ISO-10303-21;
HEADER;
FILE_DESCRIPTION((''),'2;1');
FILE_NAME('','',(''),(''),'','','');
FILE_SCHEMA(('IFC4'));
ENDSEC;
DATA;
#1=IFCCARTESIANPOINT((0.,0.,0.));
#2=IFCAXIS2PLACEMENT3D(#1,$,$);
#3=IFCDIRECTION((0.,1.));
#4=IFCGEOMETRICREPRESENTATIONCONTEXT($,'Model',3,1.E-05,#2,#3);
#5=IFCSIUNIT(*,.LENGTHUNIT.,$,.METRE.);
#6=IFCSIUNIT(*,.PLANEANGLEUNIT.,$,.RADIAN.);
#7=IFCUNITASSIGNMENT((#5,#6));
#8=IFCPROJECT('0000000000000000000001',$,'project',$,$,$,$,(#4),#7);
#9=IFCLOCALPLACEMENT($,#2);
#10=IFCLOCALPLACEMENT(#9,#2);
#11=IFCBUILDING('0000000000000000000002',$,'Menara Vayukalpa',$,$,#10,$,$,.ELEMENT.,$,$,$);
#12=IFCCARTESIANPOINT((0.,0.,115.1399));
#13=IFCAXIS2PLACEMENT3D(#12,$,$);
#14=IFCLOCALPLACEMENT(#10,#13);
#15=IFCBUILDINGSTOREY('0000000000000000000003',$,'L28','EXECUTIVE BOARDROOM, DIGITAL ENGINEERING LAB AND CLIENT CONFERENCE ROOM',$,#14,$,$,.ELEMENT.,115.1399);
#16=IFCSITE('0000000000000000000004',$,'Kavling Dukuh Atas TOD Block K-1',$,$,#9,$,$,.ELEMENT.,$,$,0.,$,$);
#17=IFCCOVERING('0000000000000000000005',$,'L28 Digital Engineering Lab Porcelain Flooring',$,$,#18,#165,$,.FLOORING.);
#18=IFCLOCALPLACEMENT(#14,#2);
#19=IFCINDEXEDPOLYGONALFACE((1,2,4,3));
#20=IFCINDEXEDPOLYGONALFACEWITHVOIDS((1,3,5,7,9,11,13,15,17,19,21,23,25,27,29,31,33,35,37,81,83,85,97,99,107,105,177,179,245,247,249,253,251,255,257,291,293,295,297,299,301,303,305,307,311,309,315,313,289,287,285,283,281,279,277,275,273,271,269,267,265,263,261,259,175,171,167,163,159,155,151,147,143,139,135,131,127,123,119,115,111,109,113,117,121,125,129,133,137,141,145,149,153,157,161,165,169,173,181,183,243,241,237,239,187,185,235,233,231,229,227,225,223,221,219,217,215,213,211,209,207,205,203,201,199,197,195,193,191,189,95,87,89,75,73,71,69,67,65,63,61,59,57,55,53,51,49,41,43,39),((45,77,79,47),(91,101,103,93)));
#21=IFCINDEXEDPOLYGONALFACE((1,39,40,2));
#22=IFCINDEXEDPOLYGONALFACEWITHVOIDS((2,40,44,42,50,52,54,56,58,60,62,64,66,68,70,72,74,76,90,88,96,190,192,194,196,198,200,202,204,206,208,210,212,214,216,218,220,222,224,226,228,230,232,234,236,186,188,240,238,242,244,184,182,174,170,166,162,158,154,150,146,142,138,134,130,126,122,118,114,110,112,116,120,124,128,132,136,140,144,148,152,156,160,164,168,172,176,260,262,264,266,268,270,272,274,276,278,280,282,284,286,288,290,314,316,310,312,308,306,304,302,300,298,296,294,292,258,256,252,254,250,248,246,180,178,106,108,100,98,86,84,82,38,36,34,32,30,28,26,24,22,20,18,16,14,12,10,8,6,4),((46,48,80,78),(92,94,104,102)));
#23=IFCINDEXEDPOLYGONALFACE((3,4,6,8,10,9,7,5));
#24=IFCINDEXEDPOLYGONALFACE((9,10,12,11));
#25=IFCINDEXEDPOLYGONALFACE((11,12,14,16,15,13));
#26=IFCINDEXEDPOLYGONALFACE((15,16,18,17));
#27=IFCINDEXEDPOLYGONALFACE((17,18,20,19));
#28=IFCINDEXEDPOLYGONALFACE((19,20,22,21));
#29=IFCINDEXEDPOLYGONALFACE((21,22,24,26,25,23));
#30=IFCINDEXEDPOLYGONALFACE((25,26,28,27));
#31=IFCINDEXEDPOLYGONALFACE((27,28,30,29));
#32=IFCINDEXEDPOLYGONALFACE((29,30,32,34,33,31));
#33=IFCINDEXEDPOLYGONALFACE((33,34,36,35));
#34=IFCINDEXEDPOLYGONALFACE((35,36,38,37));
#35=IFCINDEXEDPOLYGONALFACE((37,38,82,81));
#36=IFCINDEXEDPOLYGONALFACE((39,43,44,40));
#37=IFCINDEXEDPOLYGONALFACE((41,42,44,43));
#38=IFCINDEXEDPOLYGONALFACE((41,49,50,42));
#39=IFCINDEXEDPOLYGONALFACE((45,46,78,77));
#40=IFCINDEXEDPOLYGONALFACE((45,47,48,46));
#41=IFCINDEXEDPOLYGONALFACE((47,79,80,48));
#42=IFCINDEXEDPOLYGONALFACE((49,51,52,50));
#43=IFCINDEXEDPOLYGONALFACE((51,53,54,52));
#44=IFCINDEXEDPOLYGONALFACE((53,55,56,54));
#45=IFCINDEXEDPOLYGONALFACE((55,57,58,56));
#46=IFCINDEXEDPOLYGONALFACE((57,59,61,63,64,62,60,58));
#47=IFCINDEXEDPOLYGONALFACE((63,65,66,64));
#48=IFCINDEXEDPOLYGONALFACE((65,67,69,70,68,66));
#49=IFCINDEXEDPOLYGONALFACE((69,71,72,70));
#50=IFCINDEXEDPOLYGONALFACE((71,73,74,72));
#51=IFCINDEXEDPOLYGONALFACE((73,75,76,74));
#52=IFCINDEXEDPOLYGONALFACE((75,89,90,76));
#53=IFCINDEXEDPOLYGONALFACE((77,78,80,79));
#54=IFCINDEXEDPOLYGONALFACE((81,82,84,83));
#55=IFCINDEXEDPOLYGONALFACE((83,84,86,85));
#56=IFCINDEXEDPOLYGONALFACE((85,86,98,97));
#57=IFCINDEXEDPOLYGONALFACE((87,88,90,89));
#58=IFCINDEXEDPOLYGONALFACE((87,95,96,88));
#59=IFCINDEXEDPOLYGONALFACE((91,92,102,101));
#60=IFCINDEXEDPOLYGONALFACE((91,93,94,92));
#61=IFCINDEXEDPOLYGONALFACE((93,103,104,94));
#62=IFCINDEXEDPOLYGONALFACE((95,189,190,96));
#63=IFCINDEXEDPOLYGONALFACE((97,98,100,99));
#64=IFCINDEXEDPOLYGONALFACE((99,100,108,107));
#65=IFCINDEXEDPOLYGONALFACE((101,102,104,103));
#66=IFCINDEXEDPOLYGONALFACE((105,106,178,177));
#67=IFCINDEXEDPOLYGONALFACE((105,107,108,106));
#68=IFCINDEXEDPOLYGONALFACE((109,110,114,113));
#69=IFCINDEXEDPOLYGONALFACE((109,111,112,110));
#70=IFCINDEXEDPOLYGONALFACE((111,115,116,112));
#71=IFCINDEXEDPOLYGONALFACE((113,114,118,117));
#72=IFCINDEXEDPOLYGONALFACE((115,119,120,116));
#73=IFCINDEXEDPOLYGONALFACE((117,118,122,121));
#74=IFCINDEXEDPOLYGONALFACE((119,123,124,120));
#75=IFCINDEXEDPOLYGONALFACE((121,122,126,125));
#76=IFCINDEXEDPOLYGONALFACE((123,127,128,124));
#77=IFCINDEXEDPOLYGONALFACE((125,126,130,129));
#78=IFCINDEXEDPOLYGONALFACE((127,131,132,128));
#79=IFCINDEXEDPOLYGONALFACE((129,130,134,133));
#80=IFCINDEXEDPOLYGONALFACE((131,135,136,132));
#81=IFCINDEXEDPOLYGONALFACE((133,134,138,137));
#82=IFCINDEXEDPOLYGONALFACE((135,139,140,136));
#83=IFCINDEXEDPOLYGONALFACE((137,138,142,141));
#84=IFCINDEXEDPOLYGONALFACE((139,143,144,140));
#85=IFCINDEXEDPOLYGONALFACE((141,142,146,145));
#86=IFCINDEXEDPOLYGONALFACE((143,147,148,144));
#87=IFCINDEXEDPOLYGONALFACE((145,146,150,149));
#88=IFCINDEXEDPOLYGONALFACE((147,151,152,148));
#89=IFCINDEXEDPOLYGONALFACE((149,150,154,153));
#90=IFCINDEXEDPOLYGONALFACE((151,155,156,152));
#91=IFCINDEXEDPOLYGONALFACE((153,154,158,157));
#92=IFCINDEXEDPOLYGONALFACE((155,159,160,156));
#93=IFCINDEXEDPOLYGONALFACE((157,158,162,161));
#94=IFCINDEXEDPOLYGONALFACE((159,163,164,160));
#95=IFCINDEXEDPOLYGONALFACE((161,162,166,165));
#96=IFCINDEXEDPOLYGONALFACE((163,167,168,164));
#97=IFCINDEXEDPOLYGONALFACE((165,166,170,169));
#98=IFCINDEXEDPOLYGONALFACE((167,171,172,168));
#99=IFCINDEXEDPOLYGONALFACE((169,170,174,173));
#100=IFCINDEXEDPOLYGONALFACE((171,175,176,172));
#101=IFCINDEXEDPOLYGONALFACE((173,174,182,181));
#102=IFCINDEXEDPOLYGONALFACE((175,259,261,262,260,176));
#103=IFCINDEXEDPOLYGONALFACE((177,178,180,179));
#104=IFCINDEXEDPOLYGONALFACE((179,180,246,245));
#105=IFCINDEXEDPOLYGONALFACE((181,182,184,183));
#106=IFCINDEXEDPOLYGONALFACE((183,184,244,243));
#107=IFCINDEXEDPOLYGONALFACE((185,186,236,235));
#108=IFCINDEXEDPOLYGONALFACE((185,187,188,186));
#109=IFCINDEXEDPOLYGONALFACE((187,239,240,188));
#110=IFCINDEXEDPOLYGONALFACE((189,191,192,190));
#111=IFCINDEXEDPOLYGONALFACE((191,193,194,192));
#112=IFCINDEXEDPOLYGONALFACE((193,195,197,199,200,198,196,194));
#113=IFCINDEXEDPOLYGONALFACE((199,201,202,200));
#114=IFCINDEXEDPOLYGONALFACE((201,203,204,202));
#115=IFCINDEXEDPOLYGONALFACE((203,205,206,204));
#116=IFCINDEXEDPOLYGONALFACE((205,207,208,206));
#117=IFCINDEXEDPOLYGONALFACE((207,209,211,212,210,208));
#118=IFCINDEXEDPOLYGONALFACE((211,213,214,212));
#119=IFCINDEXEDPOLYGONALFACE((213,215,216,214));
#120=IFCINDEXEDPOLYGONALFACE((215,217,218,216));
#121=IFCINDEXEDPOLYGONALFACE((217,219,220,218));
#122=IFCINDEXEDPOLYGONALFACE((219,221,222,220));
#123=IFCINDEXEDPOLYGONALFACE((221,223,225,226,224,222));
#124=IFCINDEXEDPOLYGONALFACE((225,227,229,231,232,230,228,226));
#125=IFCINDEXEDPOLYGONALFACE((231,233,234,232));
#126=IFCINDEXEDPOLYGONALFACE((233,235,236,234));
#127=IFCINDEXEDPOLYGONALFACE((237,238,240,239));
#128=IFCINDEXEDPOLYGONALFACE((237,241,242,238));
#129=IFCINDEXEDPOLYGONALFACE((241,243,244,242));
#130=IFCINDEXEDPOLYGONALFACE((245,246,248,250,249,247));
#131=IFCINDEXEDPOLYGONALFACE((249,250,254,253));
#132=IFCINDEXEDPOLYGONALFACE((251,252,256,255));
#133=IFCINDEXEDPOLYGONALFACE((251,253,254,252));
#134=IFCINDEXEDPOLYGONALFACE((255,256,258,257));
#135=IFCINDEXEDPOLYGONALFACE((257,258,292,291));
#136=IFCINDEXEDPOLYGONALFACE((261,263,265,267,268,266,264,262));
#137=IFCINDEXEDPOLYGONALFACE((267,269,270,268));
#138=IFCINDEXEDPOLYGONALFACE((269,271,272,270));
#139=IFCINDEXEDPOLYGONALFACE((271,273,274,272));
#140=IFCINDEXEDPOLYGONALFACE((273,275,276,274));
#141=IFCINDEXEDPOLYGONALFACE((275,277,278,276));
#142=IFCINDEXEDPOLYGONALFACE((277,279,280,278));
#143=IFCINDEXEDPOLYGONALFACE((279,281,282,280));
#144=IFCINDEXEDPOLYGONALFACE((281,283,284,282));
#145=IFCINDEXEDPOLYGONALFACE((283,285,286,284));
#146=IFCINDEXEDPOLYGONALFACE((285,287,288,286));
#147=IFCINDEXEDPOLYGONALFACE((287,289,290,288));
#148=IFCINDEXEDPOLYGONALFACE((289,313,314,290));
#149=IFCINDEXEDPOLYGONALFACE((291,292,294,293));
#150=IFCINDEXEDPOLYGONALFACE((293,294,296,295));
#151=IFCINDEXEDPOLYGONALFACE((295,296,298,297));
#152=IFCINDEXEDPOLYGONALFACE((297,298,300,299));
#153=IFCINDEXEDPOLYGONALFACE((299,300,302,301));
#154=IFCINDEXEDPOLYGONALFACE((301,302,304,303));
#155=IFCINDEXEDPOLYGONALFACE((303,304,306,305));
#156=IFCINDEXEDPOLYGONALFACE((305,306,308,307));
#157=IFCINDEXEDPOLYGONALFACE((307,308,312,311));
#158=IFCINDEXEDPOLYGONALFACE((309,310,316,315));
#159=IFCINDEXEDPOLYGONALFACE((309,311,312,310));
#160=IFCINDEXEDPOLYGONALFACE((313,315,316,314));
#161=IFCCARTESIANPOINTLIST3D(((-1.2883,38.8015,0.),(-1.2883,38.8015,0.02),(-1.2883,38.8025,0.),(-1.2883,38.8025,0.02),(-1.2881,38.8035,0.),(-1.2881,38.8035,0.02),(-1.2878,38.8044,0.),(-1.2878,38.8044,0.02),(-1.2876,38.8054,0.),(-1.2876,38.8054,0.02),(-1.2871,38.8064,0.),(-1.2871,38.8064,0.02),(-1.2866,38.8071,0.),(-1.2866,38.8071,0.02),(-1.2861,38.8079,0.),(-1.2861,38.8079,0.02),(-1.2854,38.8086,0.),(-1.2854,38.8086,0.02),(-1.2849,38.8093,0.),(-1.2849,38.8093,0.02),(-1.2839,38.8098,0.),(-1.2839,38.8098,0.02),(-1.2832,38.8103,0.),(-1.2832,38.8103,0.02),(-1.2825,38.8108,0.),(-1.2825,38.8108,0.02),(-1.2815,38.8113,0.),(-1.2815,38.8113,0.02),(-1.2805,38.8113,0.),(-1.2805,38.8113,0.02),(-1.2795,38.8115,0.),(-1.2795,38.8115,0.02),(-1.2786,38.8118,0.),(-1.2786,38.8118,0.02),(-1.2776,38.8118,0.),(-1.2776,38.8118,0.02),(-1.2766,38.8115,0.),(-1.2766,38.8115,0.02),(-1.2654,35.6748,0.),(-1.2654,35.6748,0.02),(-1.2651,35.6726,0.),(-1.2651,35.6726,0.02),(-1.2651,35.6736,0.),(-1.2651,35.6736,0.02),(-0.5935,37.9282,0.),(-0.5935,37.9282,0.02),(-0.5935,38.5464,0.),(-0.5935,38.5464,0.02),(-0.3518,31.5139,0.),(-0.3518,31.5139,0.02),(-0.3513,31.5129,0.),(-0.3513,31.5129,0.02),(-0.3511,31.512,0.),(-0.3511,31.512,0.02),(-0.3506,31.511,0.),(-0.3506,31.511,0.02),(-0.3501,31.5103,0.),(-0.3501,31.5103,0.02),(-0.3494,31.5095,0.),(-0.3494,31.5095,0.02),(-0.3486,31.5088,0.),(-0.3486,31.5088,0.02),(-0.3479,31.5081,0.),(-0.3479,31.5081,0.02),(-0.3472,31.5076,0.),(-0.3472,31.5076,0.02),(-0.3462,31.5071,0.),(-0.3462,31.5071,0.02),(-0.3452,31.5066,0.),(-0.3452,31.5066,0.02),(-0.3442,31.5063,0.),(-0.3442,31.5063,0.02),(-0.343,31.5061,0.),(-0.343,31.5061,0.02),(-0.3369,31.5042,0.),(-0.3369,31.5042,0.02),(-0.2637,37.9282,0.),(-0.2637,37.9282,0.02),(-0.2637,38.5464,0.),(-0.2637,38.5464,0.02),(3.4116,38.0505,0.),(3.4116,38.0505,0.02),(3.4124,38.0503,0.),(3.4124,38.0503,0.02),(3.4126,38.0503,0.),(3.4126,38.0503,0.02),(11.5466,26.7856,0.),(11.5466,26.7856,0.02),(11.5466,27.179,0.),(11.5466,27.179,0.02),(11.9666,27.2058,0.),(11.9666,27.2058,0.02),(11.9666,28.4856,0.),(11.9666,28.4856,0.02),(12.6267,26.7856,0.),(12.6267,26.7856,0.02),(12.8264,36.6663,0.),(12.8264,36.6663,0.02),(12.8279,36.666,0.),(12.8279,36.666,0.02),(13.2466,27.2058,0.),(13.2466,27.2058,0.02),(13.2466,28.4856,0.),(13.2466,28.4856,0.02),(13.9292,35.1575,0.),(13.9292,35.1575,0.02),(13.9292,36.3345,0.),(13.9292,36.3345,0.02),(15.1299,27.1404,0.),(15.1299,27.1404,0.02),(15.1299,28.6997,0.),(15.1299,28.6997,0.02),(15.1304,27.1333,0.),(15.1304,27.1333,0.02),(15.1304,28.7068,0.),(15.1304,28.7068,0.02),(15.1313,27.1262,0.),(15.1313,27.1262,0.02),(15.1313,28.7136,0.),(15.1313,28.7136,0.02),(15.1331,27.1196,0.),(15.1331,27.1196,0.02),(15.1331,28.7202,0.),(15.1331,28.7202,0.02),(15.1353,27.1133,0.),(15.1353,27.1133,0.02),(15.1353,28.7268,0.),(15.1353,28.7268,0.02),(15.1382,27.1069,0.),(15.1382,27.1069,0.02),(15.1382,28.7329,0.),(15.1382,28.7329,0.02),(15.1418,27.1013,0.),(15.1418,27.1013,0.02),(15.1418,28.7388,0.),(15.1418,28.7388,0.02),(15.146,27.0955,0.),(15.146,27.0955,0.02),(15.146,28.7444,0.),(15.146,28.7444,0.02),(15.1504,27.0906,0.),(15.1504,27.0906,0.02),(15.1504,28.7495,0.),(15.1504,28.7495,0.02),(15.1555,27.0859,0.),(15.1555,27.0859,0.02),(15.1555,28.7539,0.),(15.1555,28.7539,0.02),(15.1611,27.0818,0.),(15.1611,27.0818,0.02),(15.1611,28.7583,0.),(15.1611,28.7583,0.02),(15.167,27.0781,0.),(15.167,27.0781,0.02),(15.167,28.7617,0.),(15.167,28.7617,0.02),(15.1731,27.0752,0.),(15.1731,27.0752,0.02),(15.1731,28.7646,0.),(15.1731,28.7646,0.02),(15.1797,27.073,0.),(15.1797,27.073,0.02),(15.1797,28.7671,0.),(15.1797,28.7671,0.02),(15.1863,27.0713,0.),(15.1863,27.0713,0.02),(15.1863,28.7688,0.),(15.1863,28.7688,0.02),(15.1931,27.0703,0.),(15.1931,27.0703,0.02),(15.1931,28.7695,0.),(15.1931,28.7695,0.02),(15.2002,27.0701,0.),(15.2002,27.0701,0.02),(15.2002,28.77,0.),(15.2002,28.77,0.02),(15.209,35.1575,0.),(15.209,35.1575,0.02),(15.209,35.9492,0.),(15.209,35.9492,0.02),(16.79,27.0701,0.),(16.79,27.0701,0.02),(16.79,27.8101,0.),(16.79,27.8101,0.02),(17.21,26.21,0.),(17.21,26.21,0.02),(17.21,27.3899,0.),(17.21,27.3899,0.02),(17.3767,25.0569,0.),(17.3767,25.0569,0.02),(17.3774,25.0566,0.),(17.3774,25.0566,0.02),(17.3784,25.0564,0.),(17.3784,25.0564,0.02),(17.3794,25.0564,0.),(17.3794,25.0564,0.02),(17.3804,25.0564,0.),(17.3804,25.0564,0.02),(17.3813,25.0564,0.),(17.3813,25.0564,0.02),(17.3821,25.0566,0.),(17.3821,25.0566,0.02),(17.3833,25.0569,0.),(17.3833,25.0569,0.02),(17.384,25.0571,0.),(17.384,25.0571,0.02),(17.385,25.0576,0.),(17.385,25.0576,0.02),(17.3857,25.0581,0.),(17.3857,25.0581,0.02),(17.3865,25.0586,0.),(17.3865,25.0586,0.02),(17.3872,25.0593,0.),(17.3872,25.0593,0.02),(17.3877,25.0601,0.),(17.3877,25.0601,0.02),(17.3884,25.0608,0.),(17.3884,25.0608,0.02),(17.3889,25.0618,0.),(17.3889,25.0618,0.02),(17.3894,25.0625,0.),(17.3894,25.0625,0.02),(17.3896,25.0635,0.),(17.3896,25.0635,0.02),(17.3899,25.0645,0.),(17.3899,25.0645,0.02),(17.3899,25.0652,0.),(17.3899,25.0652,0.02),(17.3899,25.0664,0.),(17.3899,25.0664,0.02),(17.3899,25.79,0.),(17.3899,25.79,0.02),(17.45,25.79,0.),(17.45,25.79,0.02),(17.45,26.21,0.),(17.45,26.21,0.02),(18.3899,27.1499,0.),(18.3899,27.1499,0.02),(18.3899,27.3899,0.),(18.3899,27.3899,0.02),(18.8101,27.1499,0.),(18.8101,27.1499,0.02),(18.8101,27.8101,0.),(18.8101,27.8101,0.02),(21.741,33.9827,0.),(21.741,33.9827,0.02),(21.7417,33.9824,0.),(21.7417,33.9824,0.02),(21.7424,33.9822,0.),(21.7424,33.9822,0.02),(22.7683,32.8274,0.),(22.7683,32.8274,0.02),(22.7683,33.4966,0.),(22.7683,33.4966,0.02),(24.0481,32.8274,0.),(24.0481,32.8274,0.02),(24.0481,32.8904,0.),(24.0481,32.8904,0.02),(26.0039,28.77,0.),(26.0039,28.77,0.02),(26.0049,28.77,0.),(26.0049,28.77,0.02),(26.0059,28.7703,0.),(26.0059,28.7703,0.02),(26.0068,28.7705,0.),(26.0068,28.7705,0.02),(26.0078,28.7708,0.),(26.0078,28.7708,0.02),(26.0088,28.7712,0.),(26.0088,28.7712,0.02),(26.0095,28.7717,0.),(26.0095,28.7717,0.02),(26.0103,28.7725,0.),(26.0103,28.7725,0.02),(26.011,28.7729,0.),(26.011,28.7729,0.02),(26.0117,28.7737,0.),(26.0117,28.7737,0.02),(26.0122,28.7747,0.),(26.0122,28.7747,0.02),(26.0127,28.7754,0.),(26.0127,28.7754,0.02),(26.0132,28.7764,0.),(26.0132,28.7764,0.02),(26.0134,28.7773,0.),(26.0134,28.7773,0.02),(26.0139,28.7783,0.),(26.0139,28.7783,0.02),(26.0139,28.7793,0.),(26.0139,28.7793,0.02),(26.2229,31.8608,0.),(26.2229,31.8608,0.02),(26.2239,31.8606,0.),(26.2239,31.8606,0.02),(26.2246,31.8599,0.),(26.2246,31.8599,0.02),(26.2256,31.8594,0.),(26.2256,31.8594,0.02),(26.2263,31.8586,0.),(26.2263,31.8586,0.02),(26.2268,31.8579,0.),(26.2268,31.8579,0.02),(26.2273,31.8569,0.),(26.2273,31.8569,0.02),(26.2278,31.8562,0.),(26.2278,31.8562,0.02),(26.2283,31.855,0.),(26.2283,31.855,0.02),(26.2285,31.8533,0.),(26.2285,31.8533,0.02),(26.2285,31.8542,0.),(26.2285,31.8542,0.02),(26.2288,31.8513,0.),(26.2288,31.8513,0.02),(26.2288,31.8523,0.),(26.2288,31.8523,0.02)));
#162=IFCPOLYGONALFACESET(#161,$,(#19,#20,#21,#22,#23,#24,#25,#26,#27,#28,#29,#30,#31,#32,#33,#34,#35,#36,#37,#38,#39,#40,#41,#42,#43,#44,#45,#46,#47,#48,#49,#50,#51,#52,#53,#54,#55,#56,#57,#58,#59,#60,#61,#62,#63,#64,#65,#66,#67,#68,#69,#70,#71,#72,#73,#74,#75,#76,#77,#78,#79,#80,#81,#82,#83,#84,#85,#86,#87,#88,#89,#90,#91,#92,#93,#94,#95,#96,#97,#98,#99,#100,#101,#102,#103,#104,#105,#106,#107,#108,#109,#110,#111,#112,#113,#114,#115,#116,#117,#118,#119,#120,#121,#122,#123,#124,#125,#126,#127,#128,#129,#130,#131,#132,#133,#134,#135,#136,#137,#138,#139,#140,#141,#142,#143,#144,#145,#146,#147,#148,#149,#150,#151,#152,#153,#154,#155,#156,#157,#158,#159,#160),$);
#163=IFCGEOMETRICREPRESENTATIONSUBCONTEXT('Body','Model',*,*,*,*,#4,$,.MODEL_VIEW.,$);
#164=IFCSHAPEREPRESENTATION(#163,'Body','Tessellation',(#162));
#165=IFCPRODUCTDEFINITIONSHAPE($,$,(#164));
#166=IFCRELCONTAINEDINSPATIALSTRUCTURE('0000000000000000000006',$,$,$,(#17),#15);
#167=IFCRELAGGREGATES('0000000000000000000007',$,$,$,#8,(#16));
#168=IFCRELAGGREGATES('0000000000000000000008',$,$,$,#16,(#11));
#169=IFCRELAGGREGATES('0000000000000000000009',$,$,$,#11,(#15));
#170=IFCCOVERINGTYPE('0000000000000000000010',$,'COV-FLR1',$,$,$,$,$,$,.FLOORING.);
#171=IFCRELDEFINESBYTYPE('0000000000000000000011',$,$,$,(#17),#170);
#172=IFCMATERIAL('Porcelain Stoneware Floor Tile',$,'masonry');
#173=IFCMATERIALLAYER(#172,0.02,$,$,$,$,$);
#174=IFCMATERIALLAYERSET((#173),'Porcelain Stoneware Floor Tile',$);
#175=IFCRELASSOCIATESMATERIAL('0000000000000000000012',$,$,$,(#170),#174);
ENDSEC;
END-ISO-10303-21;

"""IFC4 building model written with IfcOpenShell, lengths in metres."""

from ifc_helpers import new_model, si_unit, direction, frame, origin, place, context, subcontext, project, spatial, polyline, outline, extrude, material, layer, layer_set, type_object, element, save


model = new_model("IFC4")

# Units and contexts
model_context = context("Model", 3, precision=1e-05, world=origin(), true_north=direction((0.0, 1.0)))
body_context = subcontext(model_context, "Body", "Model", "MODEL_VIEW")
ifc_project = project(units=[si_unit("LENGTHUNIT", "METRE"), si_unit("PLANEANGLEUNIT", "RADIAN")], contexts=[model_context])

# Site, building, storey
site_placement = place(None, origin())
site = spatial("IfcSite", under=ifc_project, at=site_placement, Name="Kavling Dukuh Atas TOD Block K-1", CompositionType="ELEMENT", RefElevation=0.0)
building_placement = place(site_placement, origin())
building = spatial("IfcBuilding", under=site, at=building_placement, Name="Menara Vayukalpa", CompositionType="ELEMENT")
storey_placement = place(building_placement, frame((0.0, 0.0, 115.1399)))
storey = spatial("IfcBuildingStorey", under=building, at=storey_placement, Name="L28", Description="EXECUTIVE BOARDROOM, DIGITAL ENGINEERING LAB AND CLIENT CONFERENCE ROOM", CompositionType="ELEMENT", Elevation=115.1399)

# Covering
ifc_material_1 = material(Name="Porcelain Stoneware Floor Tile", Category="masonry")
ifc_layer_1 = layer(ifc_material_1, 0.02)
ifc_layer_set_1 = layer_set([ifc_layer_1], Name="Porcelain Stoneware Floor Tile")
covering_type_1 = type_object("IfcCoveringType", Name="COV-FLR1", PredefinedType="FLOORING", material=ifc_layer_set_1)
covering_1_placement = place(storey_placement, origin())
element("IfcCovering", 1, at=covering_1_placement, inside=storey, type_object=covering_type_1, Name="L28 Digital Engineering Lab Porcelain Flooring", PredefinedType="FLOORING", context=body_context, shape_type="SweptSolid", body=[
    extrude(outline(polyline([(18.8101, 27.1499), (18.3899, 27.1499), (18.3899, 27.3899), (17.21, 27.3899), (17.21, 26.21), (17.45, 26.21), (17.45, 25.79), (17.3899, 25.79), (17.3899, 25.0664), (17.3899, 25.0652), (17.3899, 25.0645), (17.3896, 25.0635), (17.3894, 25.0625), (17.3889, 25.0618), (17.3884, 25.0608), (17.3877, 25.0601), (17.3872, 25.0593), (17.3865, 25.0586), (17.3857, 25.0581), (17.385, 25.0576), (17.384, 25.0571), (17.3833, 25.0569), (17.3821, 25.0566), (17.3813, 25.0564), (17.3804, 25.0564), (17.3794, 25.0564), (17.3784, 25.0564), (17.3774, 25.0566), (17.3767, 25.0569), (12.6267, 26.7856), (11.5466, 26.7856), (11.5466, 27.179), (-0.3369, 31.5042), (-0.343, 31.5061), (-0.3442, 31.5063), (-0.3452, 31.5066), (-0.3462, 31.5071), (-0.3472, 31.5076), (-0.3479, 31.5081), (-0.3486, 31.5088), (-0.3494, 31.5095), (-0.3501, 31.5103), (-0.3506, 31.511), (-0.3511, 31.512), (-0.3513, 31.5129), (-0.3518, 31.5139), (-1.2651, 35.6726), (-1.2651, 35.6736), (-1.2654, 35.6748), (-1.2883, 38.8015), (-1.2883, 38.8025), (-1.2881, 38.8035), (-1.2878, 38.8044), (-1.2876, 38.8054), (-1.2871, 38.8064), (-1.2866, 38.8071), (-1.2861, 38.8079), (-1.2854, 38.8086), (-1.2849, 38.8093), (-1.2839, 38.8098), (-1.2832, 38.8103), (-1.2825, 38.8108), (-1.2815, 38.8113), (-1.2805, 38.8113), (-1.2795, 38.8115), (-1.2786, 38.8118), (-1.2776, 38.8118), (-1.2766, 38.8115), (3.4116, 38.0505), (3.4124, 38.0503), (3.4126, 38.0503), (12.8264, 36.6663), (12.8279, 36.666), (13.9292, 36.3345), (13.9292, 35.1575), (15.209, 35.1575), (15.209, 35.9492), (21.741, 33.9827), (21.7417, 33.9824), (21.7424, 33.9822), (22.7683, 33.4966), (22.7683, 32.8274), (24.0481, 32.8274), (24.0481, 32.8904), (26.2229, 31.8608), (26.2239, 31.8606), (26.2246, 31.8599), (26.2256, 31.8594), (26.2263, 31.8586), (26.2268, 31.8579), (26.2273, 31.8569), (26.2278, 31.8562), (26.2283, 31.855), (26.2285, 31.8542), (26.2285, 31.8533), (26.2288, 31.8523), (26.2288, 31.8513), (26.0139, 28.7793), (26.0139, 28.7783), (26.0134, 28.7773), (26.0132, 28.7764), (26.0127, 28.7754), (26.0122, 28.7747), (26.0117, 28.7737), (26.011, 28.7729), (26.0103, 28.7725), (26.0095, 28.7717), (26.0088, 28.7712), (26.0078, 28.7708), (26.0068, 28.7705), (26.0059, 28.7703), (26.0049, 28.77), (26.0039, 28.77), (15.2002, 28.77), (15.1931, 28.7695), (15.1863, 28.7688), (15.1797, 28.7671), (15.1731, 28.7646), (15.167, 28.7617), (15.1611, 28.7583), (15.1555, 28.7539), (15.1504, 28.7495), (15.146, 28.7444), (15.1418, 28.7388), (15.1382, 28.7329), (15.1353, 28.7268), (15.1331, 28.7202), (15.1313, 28.7136), (15.1304, 28.7068), (15.1299, 28.6997), (15.1299, 27.1404), (15.1304, 27.1333), (15.1313, 27.1262), (15.1331, 27.1196), (15.1353, 27.1133), (15.1382, 27.1069), (15.1418, 27.1013), (15.146, 27.0955), (15.1504, 27.0906), (15.1555, 27.0859), (15.1611, 27.0818), (15.167, 27.0781), (15.1731, 27.0752), (15.1797, 27.073), (15.1863, 27.0713), (15.1931, 27.0703), (15.2002, 27.0701), (16.79, 27.0701), (16.79, 27.8101), (18.8101, 27.8101), (18.8101, 27.1499)]), holes=[polyline([(13.2466, 28.4856), (11.9666, 28.4856), (11.9666, 27.2058), (13.2466, 27.2058), (13.2466, 28.4856)]), polyline([(-0.2637, 38.5464), (-0.5935, 38.5464), (-0.5935, 37.9282), (-0.2637, 37.9282), (-0.2637, 38.5464)])]), origin(), (0.0, 0.0, 1.0), 0.02),
])

save(model, "model.ifc")
